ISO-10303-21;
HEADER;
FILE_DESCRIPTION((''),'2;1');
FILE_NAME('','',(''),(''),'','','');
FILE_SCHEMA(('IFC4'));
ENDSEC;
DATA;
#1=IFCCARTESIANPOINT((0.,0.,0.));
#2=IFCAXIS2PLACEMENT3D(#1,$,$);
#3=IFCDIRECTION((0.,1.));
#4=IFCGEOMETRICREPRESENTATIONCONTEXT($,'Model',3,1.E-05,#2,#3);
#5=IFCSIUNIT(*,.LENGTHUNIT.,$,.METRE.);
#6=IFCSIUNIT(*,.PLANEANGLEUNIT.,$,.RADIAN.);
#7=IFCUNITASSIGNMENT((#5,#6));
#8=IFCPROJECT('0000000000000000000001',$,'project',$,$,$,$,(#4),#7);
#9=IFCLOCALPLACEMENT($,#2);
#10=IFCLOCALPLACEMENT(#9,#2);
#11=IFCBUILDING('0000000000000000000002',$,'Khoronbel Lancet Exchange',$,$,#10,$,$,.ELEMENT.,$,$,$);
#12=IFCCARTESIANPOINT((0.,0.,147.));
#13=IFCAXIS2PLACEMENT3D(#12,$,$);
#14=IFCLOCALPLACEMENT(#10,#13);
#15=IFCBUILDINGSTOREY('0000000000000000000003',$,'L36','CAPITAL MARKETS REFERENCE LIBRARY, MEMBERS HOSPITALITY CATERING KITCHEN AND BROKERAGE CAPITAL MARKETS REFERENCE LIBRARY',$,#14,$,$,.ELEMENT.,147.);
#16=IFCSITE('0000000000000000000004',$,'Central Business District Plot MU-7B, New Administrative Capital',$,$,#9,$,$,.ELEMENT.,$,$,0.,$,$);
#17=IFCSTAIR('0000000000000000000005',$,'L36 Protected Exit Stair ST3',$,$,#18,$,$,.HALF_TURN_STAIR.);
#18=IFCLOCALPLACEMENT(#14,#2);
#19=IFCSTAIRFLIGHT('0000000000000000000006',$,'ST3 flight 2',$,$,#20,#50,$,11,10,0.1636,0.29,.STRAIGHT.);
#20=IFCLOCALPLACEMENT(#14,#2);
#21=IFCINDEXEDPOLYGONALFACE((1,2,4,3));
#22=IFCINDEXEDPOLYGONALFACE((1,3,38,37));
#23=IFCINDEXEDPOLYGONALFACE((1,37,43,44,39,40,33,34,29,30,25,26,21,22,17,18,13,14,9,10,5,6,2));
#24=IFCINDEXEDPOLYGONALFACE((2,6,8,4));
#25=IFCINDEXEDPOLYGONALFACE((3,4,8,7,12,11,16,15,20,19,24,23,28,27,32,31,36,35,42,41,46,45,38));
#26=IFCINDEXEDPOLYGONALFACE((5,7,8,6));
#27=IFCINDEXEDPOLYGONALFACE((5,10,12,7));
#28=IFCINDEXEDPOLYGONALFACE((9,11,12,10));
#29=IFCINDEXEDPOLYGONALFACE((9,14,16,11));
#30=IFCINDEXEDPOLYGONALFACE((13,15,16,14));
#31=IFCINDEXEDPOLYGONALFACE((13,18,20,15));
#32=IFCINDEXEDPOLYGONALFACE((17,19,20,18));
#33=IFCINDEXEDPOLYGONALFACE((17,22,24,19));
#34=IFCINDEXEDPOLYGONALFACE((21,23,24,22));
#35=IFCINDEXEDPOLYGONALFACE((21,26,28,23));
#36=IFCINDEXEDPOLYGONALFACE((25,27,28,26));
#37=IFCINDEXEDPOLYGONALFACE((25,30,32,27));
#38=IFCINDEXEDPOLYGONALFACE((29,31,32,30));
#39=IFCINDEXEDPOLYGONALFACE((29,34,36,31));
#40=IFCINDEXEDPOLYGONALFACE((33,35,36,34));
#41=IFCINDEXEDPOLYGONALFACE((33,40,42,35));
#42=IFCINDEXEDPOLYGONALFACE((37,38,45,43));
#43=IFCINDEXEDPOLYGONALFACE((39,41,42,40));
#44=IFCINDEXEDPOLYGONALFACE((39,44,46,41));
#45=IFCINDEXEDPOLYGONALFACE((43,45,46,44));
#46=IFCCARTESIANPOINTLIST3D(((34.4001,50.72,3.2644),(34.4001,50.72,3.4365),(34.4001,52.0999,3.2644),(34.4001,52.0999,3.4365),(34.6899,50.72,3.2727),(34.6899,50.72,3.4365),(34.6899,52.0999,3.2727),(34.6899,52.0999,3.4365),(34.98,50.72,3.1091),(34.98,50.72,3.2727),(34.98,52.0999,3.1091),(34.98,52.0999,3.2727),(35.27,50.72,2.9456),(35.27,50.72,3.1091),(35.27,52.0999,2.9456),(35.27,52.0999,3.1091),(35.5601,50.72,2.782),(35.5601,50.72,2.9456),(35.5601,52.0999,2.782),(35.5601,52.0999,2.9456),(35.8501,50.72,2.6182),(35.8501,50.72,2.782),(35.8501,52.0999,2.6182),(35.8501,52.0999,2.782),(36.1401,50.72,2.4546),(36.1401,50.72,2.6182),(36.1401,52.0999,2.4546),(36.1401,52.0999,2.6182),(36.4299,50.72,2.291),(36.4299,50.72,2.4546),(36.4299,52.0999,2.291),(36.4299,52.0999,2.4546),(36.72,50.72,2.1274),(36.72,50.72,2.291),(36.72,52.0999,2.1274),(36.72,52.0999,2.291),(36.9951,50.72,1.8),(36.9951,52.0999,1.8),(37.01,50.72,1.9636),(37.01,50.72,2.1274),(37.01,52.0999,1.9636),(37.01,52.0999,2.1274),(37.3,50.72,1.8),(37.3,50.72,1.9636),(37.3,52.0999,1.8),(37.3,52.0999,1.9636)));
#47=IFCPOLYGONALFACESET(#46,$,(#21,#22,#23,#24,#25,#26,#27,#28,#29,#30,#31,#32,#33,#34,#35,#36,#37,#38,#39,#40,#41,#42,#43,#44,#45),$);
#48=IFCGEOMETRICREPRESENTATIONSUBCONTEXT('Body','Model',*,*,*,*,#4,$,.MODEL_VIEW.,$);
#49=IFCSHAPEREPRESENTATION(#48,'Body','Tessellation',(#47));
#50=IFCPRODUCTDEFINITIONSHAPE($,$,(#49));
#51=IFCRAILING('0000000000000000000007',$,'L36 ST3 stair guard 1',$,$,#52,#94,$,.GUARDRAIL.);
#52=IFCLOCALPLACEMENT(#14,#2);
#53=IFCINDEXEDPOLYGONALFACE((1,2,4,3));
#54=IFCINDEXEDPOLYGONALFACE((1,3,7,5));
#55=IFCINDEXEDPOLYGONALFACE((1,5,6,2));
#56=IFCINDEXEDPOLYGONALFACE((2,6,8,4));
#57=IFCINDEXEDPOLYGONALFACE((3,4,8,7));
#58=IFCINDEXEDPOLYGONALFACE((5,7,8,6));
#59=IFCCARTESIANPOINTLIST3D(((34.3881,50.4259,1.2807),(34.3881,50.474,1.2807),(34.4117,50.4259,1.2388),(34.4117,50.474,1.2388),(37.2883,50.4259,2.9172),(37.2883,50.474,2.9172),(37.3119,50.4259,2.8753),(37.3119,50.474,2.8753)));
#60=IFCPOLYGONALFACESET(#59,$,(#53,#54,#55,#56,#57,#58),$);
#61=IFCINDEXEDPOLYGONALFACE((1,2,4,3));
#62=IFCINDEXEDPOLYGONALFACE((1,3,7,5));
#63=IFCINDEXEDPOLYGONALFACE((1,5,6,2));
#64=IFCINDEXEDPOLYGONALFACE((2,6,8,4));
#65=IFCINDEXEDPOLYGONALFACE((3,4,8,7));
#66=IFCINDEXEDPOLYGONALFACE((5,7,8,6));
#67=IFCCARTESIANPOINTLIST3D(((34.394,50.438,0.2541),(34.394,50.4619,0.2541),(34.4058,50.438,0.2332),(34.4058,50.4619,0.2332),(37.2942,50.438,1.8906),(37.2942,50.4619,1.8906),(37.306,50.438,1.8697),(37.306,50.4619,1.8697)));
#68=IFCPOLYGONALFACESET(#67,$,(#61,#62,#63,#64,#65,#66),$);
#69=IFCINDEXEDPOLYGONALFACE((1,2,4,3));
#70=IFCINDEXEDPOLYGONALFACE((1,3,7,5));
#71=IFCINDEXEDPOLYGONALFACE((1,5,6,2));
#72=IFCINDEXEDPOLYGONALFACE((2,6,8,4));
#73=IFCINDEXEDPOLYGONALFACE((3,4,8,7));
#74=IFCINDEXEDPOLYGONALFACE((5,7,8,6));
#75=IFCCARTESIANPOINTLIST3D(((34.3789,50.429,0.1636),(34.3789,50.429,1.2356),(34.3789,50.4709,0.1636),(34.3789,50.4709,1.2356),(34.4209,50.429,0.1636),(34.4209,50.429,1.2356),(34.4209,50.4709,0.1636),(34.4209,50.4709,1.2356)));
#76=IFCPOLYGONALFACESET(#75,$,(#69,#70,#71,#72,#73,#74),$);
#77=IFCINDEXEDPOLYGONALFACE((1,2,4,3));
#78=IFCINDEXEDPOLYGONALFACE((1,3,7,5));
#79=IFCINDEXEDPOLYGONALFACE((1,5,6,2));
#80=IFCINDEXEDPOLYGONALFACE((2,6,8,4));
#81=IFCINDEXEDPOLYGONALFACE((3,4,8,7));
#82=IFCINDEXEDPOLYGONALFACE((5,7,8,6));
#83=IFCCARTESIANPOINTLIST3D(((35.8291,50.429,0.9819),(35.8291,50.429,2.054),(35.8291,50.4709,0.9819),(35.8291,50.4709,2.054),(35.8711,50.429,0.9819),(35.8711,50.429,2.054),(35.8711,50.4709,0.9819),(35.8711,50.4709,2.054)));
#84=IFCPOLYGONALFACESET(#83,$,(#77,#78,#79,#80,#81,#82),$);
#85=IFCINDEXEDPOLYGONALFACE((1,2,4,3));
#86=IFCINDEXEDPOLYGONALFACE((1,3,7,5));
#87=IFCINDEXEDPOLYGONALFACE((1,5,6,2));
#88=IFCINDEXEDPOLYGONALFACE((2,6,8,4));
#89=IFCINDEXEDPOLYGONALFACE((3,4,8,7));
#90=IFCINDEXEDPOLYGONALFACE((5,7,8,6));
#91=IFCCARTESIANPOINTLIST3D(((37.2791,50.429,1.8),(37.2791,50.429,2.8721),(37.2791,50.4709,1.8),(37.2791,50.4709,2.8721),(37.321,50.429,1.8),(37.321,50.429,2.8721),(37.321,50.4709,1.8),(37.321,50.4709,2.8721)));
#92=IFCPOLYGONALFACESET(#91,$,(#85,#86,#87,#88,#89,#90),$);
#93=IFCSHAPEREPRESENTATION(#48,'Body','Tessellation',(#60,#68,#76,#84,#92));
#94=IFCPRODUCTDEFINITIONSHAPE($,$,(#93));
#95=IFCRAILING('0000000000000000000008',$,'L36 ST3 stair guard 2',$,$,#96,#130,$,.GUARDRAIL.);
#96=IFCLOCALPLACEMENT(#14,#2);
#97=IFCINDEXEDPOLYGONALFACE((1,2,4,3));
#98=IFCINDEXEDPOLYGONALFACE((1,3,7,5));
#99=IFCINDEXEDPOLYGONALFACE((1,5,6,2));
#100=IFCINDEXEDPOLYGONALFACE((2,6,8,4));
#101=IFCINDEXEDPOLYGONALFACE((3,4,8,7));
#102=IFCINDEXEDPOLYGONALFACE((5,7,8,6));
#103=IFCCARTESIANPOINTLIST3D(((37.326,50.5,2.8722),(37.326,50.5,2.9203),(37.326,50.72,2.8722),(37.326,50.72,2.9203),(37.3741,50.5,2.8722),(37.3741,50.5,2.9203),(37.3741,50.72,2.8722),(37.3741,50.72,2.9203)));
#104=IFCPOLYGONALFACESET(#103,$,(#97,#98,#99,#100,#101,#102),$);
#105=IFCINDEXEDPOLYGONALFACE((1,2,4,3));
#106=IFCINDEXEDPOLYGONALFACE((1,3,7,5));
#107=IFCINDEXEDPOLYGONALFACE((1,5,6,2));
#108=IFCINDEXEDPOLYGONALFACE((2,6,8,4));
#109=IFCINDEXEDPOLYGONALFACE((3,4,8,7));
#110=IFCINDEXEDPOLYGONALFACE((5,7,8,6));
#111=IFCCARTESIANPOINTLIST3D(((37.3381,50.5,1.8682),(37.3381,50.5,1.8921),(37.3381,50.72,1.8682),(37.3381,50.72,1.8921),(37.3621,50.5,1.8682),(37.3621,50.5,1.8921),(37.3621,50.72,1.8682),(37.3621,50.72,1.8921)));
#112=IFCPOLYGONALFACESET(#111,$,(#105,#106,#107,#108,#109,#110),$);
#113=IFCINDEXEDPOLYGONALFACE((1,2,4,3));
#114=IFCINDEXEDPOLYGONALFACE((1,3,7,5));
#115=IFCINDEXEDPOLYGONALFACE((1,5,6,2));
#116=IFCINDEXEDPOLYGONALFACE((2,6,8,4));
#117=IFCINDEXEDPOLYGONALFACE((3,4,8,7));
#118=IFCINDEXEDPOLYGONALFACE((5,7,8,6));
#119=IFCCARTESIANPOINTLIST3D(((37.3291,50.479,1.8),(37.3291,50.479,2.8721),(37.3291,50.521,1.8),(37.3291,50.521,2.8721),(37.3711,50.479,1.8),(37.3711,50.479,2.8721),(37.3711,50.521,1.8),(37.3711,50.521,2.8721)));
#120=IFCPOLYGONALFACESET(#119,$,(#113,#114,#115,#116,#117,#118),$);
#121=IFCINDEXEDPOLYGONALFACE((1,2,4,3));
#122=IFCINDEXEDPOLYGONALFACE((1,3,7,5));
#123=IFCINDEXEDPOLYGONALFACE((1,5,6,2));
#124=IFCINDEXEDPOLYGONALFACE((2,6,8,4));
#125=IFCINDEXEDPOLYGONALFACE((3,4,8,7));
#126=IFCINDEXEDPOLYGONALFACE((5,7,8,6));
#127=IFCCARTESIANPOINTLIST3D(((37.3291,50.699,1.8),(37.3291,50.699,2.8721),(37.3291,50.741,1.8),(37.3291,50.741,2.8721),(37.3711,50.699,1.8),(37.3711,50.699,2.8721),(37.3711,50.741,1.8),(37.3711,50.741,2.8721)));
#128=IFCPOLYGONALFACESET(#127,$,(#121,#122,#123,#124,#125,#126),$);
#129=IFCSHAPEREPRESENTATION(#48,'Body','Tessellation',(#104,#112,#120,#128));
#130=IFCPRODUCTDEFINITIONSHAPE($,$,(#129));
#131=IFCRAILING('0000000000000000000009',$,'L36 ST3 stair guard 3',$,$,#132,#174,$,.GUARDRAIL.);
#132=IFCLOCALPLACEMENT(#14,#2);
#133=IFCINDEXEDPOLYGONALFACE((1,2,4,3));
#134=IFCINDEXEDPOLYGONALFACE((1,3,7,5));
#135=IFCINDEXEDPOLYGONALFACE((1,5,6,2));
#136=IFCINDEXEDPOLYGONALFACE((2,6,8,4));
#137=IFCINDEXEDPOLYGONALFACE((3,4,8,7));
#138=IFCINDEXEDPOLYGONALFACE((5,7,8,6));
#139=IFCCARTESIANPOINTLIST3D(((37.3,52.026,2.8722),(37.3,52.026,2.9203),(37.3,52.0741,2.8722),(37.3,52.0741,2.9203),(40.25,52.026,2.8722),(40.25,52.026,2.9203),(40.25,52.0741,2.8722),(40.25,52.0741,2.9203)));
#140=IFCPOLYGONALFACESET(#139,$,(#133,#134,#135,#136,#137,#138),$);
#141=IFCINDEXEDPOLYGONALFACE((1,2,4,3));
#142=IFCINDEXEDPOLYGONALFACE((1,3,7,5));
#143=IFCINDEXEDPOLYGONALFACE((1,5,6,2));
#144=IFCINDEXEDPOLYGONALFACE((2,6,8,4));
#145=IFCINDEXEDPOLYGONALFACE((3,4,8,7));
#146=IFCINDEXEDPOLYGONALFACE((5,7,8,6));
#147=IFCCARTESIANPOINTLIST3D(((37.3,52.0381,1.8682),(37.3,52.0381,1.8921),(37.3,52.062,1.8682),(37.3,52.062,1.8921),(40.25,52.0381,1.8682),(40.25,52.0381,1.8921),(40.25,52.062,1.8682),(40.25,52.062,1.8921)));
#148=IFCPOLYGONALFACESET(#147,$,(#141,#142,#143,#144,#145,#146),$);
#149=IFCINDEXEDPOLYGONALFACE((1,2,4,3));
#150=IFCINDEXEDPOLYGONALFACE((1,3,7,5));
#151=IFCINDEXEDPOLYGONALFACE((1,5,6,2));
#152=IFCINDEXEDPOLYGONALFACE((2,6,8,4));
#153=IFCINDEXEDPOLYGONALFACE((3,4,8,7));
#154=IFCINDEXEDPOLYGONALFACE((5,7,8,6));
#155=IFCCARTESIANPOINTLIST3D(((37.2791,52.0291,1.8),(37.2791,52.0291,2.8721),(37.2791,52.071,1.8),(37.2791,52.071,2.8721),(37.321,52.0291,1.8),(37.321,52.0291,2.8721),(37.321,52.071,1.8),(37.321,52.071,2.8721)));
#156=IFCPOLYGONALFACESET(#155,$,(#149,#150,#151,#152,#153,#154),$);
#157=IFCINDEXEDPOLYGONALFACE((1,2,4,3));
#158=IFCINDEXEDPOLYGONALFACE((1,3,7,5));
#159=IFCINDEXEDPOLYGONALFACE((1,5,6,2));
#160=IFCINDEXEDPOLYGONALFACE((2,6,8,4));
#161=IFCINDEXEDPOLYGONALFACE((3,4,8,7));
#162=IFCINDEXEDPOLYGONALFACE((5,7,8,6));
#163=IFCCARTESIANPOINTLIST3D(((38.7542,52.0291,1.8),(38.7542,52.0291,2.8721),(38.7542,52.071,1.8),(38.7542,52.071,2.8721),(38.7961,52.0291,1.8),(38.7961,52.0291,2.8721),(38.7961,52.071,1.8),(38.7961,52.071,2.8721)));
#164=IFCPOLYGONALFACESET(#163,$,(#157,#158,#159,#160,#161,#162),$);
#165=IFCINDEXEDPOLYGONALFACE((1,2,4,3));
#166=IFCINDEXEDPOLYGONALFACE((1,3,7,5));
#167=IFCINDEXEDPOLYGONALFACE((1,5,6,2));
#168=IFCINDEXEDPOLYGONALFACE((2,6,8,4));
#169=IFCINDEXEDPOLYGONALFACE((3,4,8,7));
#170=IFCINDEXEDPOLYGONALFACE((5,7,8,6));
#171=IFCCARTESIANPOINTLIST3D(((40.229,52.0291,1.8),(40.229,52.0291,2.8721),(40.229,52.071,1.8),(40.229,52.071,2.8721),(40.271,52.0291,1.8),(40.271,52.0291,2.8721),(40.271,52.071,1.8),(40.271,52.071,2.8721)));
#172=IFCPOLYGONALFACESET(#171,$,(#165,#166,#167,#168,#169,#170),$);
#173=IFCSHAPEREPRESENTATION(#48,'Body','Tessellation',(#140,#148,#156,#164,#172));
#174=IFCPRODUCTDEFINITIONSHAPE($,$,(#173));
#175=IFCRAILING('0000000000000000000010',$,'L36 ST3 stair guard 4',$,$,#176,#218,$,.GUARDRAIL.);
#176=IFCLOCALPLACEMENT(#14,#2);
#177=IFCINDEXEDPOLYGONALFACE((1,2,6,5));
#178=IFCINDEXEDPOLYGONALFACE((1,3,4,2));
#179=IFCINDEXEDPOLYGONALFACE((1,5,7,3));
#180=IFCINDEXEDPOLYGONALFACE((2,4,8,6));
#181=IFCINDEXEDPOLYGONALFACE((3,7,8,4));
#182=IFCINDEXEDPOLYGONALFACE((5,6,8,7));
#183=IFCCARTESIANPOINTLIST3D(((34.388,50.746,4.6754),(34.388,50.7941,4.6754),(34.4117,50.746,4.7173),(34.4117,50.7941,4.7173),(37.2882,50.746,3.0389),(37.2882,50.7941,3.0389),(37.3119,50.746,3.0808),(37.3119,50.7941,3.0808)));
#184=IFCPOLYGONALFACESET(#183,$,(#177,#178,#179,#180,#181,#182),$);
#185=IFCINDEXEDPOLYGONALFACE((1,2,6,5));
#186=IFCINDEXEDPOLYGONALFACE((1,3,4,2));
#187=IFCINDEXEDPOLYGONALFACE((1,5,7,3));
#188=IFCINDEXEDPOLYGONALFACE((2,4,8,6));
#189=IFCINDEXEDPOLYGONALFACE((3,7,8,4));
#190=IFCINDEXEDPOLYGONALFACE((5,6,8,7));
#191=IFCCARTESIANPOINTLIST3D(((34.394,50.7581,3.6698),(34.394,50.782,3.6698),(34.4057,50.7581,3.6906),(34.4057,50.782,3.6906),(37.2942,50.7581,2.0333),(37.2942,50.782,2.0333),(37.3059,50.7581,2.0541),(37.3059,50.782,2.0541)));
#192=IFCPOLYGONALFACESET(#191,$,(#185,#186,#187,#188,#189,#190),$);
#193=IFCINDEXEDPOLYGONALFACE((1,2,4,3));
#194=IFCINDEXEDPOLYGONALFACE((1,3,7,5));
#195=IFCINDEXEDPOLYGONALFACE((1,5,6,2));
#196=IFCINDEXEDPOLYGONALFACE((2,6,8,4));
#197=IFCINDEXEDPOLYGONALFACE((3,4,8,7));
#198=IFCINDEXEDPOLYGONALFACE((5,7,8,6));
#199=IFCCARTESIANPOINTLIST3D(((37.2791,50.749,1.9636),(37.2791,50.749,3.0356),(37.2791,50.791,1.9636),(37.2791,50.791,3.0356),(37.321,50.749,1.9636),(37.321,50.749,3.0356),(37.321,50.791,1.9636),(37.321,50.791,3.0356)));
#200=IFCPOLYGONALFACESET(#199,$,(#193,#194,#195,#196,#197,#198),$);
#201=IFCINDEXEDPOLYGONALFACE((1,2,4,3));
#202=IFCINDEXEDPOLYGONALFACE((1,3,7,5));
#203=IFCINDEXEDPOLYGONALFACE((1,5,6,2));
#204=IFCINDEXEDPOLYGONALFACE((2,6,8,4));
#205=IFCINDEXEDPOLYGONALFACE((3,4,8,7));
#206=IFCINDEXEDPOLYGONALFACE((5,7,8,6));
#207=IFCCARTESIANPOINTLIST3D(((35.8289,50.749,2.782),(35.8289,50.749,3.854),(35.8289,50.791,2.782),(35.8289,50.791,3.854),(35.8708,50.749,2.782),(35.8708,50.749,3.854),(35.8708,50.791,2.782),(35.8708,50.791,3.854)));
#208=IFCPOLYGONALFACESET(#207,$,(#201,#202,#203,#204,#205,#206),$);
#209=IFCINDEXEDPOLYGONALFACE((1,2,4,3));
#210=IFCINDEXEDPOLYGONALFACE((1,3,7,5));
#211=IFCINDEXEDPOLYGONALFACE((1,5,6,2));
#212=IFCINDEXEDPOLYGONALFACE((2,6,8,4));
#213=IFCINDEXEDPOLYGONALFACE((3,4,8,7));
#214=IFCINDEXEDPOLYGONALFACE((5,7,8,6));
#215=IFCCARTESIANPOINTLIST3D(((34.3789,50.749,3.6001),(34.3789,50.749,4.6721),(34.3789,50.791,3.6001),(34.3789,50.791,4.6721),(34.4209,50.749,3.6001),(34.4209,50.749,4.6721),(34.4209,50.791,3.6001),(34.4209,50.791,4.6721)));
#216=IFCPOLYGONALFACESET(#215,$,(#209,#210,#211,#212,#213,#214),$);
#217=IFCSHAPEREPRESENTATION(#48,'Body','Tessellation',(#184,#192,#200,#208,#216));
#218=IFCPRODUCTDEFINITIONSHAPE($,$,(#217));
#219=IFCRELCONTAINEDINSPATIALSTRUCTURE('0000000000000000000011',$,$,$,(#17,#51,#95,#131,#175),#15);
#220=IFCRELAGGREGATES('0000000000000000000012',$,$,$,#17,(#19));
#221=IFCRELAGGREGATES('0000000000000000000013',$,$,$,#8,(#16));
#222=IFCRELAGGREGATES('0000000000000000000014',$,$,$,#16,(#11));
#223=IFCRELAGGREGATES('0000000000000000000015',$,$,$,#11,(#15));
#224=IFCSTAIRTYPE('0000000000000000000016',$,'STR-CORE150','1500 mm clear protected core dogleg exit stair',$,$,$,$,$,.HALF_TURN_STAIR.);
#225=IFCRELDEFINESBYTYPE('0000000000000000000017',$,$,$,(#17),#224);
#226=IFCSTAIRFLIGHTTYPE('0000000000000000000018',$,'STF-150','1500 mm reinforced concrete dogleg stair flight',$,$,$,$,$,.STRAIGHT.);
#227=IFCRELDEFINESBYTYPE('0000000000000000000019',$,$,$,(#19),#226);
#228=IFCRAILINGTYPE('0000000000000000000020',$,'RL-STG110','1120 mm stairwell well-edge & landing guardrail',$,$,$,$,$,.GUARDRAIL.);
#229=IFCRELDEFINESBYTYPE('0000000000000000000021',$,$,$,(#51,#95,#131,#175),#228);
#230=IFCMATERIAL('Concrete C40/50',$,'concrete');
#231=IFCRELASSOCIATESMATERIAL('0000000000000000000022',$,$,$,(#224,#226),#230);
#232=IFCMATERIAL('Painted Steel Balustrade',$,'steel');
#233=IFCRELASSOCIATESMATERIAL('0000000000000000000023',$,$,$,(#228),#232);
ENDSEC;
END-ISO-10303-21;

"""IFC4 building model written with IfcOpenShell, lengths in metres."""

from ifc_helpers import new_model, si_unit, direction, frame, origin, origin_2d, place, context, subcontext, project, spatial, polyline, rectangle, outline, extrude, material, type_object, element, aggregate, save


model = new_model("IFC4")

# Units and contexts
model_context = context("Model", 3, precision=1e-05, world=origin(), true_north=direction((0.0, 1.0)))
body_context = subcontext(model_context, "Body", "Model", "MODEL_VIEW")
ifc_project = project(units=[si_unit("LENGTHUNIT", "METRE"), si_unit("PLANEANGLEUNIT", "RADIAN")], contexts=[model_context])

# Site, building, storey
site_placement = place(None, origin())
site = spatial("IfcSite", under=ifc_project, at=site_placement, Name="Central Business District Plot MU-7B, New Administrative Capital", CompositionType="ELEMENT", RefElevation=0.0)
building_placement = place(site_placement, origin())
building = spatial("IfcBuilding", under=site, at=building_placement, Name="Khoronbel Lancet Exchange", CompositionType="ELEMENT")
storey_placement = place(building_placement, frame((0.0, 0.0, 147.0)))
storey = spatial("IfcBuildingStorey", under=building, at=storey_placement, Name="L36", Description="CAPITAL MARKETS REFERENCE LIBRARY, MEMBERS HOSPITALITY CATERING KITCHEN AND BROKERAGE CAPITAL MARKETS REFERENCE LIBRARY", CompositionType="ELEMENT", Elevation=147.0)

# Stair, stair flight
ifc_material_1 = material(Name="Concrete C40/50", Category="concrete")
stair_type = type_object("IfcStairType", Name="STR-CORE150", Description="1500 mm clear protected core dogleg exit stair", PredefinedType="HALF_TURN_STAIR", material=ifc_material_1)
stair_placement = place(storey_placement, origin())
stair = element("IfcStair", 1, at=stair_placement, inside=storey, type_object=stair_type, Name="L36 Protected Exit Stair ST3", PredefinedType="HALF_TURN_STAIR")
stair_flight_type = type_object("IfcStairFlightType", Name="STF-150", Description="1500 mm reinforced concrete dogleg stair flight", PredefinedType="STRAIGHT", material=ifc_material_1)
stair_flight_1_placement = place(storey_placement, frame((37.3, 51.4099, 1.8), z_axis=(0.0, 0.0, 1.0), x_axis=(-1.0, 0.0, 0.0)))
stair_flight_1 = element("IfcStairFlight", 2, at=stair_flight_1_placement, type_object=stair_flight_type, Name="ST3 flight 2", NumberOfRisers=11, NumberOfTreads=10, PredefinedType="STRAIGHT", RiserHeight=0.1636, TreadLength=0.29, context=body_context, shape_type="SweptSolid", body=[
    extrude(outline(polyline([(0.0, 0.0), (0.0, 0.1636), (0.29, 0.1636), (0.29, 0.3274), (0.5801, 0.3274), (0.5801, 0.491), (0.8701, 0.491), (0.8701, 0.6545), (1.1599, 0.6545), (1.1599, 0.8181), (1.45, 0.8181), (1.45, 0.9819), (1.74, 0.9819), (1.74, 1.1455), (2.03, 1.1455), (2.03, 1.3091), (2.3201, 1.3091), (2.3201, 1.4727), (2.6101, 1.4727), (2.6101, 1.6365), (2.8999, 1.6365), (2.8999, 1.8), (2.8999, 1.4644), (0.3049, 0.0), (0.0, 0.0)])), frame((0.0, 0.6899, 0.0), z_axis=(0.0, -1.0, 0.0), x_axis=(1.0, 0.0, 0.0)), (0.0, 0.0, 1.0), 1.3799),
])
aggregate(stair, [stair_flight_1])

# Railings
ifc_material_2 = material(Name="Painted Steel Balustrade", Category="steel")
railing_type_1 = type_object("IfcRailingType", Name="RL-STG110", Description="1120 mm stairwell well-edge & landing guardrail", PredefinedType="GUARDRAIL", material=ifc_material_2)
railing_1_placement = place(storey_placement, frame((34.3999, 50.45, 0.1636)))
element("IfcRailing", 3, at=railing_1_placement, inside=storey, type_object=railing_type_1, Name="L36 ST3 stair guard 1", PredefinedType="GUARDRAIL", context=body_context, shape_type="SweptSolid", body=[
    extrude(rectangle(XDim=0.0481, YDim=0.0481, at=origin_2d()), frame((0.0, 0.0, 1.0962), z_axis=(0.870915, 0.0, 0.491434), x_axis=(0.0, 1.0, 0.0)), (0.0, 0.0, 1.0), 3.3301),
    extrude(rectangle(XDim=0.0239, YDim=0.0239, at=origin_2d()), frame((0.0, 0.0, 0.0801), z_axis=(0.870915, 0.0, 0.491434), x_axis=(0.0, 1.0, 0.0)), (0.0, 0.0, 1.0), 3.3301),
    extrude(rectangle(XDim=0.042, YDim=0.042, at=origin_2d()), origin(), (0.0, 0.0, 1.0), 1.072),
    extrude(rectangle(XDim=0.042, YDim=0.042, at=origin_2d()), frame((1.4502, 0.0, 0.8184)), (0.0, 0.0, 1.0), 1.072),
    extrude(rectangle(XDim=0.042, YDim=0.042, at=origin_2d()), frame((2.9001, 0.0, 1.6365)), (0.0, 0.0, 1.0), 1.072),
])
railing_2_placement = place(storey_placement, frame((37.3501, 50.5, 1.8)))
element("IfcRailing", 4, at=railing_2_placement, inside=storey, type_object=railing_type_1, Name="L36 ST3 stair guard 2", PredefinedType="GUARDRAIL", context=body_context, shape_type="SweptSolid", body=[
    extrude(rectangle(XDim=0.0481, YDim=0.0481, at=origin_2d()), frame((0.0, 0.0, 1.0962), z_axis=(0.0, 1.0, 0.0), x_axis=(-1.0, 0.0, 0.0)), (0.0, 0.0, 1.0), 0.22),
    extrude(rectangle(XDim=0.0239, YDim=0.0239, at=origin_2d()), frame((0.0, 0.0, 0.0801), z_axis=(0.0, 1.0, 0.0), x_axis=(-1.0, 0.0, 0.0)), (0.0, 0.0, 1.0), 0.22),
    extrude(rectangle(XDim=0.042, YDim=0.042, at=origin_2d()), origin(), (0.0, 0.0, 1.0), 1.072),
    extrude(rectangle(XDim=0.042, YDim=0.042, at=origin_2d()), frame((0.0, 0.22, 0.0)), (0.0, 0.0, 1.0), 1.072),
])
railing_3_placement = place(storey_placement, frame((37.3, 52.05, 1.8)))
element("IfcRailing", 5, at=railing_3_placement, inside=storey, type_object=railing_type_1, Name="L36 ST3 stair guard 3", PredefinedType="GUARDRAIL", context=body_context, shape_type="SweptSolid", body=[
    extrude(rectangle(XDim=0.0481, YDim=0.0481, at=origin_2d()), frame((0.0, 0.0, 1.0962), z_axis=(1.0, 0.0, 0.0), x_axis=(0.0, 1.0, 0.0)), (0.0, 0.0, 1.0), 2.95),
    extrude(rectangle(XDim=0.0239, YDim=0.0239, at=origin_2d()), frame((0.0, 0.0, 0.0801), z_axis=(1.0, 0.0, 0.0), x_axis=(0.0, 1.0, 0.0)), (0.0, 0.0, 1.0), 2.95),
    extrude(rectangle(XDim=0.042, YDim=0.042, at=origin_2d()), origin(), (0.0, 0.0, 1.0), 1.072),
    extrude(rectangle(XDim=0.042, YDim=0.042, at=origin_2d()), frame((1.4751, 0.0, 0.0)), (0.0, 0.0, 1.0), 1.072),
    extrude(rectangle(XDim=0.042, YDim=0.042, at=origin_2d()), frame((2.95, 0.0, 0.0)), (0.0, 0.0, 1.0), 1.072),
])
railing_4_placement = place(storey_placement, frame((37.3, 50.77, 1.9636)))
element("IfcRailing", 6, at=railing_4_placement, inside=storey, type_object=railing_type_1, Name="L36 ST3 stair guard 4", PredefinedType="GUARDRAIL", context=body_context, shape_type="SweptSolid", body=[
    extrude(rectangle(XDim=0.0481, YDim=0.0481, at=origin_2d()), frame((0.0, 0.0, 1.0962), z_axis=(-0.870915, 0.0, 0.491434), x_axis=(0.0, -1.0, 0.0)), (0.0, 0.0, 1.0), 3.3301),
    extrude(rectangle(XDim=0.0239, YDim=0.0239, at=origin_2d()), frame((0.0, 0.0, 0.0801), z_axis=(-0.870915, 0.0, 0.491434), x_axis=(0.0, -1.0, 0.0)), (0.0, 0.0, 1.0), 3.3301),
    extrude(rectangle(XDim=0.042, YDim=0.042, at=origin_2d()), origin(), (0.0, 0.0, 1.0), 1.072),
    extrude(rectangle(XDim=0.042, YDim=0.042, at=origin_2d()), frame((-1.4502, 0.0, 0.8184)), (0.0, 0.0, 1.0), 1.072),
    extrude(rectangle(XDim=0.042, YDim=0.042, at=origin_2d()), frame((-2.9001, 0.0, 1.6365)), (0.0, 0.0, 1.0), 1.072),
])

save(model, "model.ifc")
